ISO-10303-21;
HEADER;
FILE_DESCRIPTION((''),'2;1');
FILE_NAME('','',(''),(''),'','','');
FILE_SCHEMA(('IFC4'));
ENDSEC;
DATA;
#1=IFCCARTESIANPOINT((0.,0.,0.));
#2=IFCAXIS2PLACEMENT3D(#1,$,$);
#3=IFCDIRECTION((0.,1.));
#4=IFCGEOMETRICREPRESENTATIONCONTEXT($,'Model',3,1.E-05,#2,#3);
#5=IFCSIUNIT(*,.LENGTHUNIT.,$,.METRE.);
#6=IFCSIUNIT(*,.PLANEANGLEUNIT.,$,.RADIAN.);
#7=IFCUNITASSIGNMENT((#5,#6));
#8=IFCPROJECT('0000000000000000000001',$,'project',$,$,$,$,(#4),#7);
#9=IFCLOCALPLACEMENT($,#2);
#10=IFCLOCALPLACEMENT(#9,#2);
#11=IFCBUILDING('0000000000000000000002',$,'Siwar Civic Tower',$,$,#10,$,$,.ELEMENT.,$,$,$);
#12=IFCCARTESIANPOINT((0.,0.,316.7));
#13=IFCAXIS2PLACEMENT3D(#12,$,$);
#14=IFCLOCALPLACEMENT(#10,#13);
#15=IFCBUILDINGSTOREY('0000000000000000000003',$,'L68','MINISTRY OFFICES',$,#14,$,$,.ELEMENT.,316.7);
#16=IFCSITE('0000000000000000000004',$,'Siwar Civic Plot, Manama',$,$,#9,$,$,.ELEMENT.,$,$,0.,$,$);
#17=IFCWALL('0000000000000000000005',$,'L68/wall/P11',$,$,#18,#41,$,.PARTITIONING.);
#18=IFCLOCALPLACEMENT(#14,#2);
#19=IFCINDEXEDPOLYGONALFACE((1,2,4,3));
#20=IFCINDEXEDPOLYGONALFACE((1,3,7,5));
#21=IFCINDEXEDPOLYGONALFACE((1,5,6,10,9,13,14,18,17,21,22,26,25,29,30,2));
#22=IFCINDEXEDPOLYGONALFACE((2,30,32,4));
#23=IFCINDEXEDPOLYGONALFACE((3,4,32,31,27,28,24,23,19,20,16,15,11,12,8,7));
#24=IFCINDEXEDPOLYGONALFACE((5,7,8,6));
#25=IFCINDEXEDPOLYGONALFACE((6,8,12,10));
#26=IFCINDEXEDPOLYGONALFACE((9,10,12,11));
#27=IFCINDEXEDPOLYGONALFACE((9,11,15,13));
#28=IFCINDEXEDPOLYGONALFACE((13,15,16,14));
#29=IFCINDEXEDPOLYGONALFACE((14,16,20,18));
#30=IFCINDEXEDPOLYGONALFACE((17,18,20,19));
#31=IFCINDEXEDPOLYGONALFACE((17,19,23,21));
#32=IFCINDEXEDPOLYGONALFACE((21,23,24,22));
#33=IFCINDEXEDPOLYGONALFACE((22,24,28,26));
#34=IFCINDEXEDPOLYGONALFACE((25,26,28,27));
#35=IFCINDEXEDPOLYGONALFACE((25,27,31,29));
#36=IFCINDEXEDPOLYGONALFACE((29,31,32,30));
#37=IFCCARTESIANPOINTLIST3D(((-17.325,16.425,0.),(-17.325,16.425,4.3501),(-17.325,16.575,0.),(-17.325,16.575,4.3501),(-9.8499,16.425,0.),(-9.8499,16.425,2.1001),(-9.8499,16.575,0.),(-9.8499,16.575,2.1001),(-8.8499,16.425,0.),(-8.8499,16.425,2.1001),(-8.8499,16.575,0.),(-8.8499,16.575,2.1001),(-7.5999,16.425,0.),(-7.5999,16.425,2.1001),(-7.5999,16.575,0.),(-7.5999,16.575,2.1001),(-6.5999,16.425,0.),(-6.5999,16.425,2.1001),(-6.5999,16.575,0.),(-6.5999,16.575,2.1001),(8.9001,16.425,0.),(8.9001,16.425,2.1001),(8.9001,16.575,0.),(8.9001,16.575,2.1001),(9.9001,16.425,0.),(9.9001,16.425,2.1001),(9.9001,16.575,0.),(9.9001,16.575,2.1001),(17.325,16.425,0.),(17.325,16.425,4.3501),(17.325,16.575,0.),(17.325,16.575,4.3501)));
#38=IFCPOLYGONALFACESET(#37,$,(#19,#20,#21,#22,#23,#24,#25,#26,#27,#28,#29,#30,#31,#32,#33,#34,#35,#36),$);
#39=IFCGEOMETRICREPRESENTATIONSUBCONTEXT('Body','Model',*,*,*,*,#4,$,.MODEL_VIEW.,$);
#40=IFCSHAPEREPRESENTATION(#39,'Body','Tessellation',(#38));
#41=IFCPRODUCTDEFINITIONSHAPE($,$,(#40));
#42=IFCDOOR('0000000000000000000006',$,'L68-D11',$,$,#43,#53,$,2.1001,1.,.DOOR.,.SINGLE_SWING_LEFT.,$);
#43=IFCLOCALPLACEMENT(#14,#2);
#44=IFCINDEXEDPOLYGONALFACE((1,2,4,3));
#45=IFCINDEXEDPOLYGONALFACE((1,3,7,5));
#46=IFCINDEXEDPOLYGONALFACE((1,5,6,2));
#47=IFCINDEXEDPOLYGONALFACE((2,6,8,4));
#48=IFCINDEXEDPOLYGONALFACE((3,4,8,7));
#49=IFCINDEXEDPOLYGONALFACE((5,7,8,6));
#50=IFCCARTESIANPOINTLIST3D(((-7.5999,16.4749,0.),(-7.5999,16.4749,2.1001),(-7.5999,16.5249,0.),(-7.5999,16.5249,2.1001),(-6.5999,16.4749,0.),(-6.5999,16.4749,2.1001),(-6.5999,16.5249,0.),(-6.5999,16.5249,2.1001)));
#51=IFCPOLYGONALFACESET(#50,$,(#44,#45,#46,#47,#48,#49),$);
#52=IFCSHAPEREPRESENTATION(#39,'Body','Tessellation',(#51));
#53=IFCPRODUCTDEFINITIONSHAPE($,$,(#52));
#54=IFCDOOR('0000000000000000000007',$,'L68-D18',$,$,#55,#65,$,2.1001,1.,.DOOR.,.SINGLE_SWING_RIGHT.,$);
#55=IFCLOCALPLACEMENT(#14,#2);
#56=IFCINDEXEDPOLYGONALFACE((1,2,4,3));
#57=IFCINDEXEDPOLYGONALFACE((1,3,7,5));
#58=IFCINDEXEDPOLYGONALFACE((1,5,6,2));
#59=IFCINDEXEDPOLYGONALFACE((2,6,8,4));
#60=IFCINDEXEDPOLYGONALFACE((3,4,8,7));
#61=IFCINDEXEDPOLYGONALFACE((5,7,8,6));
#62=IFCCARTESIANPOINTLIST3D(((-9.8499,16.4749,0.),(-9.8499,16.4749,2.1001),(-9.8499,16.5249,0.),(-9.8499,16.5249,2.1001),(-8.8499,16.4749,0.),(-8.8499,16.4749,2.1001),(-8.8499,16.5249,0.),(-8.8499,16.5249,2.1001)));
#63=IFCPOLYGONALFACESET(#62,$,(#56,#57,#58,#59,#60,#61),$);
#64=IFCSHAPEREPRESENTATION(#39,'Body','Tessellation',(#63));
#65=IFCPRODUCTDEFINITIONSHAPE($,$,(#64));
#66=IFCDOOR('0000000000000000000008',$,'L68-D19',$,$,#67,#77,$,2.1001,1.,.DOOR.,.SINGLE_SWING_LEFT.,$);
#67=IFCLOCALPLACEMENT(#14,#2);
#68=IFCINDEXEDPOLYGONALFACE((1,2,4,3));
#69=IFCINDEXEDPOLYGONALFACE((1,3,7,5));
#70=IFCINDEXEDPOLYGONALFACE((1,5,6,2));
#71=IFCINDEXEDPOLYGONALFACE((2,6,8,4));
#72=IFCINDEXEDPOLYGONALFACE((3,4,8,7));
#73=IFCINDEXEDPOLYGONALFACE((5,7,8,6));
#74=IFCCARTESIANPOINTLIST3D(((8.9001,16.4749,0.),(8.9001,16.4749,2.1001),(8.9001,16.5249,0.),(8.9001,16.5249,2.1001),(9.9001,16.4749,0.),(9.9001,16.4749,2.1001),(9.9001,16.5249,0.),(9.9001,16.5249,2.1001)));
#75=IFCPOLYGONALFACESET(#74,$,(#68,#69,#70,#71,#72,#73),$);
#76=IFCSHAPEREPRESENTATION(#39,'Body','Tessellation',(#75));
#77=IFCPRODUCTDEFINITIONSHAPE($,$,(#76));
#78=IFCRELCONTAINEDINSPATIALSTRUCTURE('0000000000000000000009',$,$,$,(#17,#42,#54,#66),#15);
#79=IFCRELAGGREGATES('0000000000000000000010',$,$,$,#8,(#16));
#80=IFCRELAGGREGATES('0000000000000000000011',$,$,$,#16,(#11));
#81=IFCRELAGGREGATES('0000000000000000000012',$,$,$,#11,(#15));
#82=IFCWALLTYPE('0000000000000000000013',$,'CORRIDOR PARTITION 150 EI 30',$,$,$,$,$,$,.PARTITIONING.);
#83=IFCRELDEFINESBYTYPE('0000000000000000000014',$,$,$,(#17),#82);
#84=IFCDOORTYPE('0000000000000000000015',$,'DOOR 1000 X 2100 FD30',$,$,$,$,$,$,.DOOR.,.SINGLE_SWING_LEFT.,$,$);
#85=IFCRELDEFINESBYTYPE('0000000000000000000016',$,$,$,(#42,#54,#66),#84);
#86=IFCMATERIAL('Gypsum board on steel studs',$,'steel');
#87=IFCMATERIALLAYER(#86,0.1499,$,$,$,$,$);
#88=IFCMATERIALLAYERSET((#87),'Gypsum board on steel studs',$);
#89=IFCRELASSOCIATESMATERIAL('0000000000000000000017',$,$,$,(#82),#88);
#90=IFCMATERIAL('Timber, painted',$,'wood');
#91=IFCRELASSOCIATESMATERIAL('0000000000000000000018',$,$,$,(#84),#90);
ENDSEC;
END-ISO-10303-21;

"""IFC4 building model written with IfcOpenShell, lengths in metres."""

from ifc_helpers import new_model, si_unit, direction, frame, frame_2d, origin, place, context, subcontext, project, spatial, rectangle, extrude, material, layer, layer_set, type_object, element, fill, save


model = new_model("IFC4")

# Units and contexts
model_context = context("Model", 3, precision=1e-05, world=origin(), true_north=direction((0.0, 1.0)))
body_context = subcontext(model_context, "Body", "Model", "MODEL_VIEW")
ifc_project = project(units=[si_unit("LENGTHUNIT", "METRE"), si_unit("PLANEANGLEUNIT", "RADIAN")], contexts=[model_context])

# Site, building, storey
site_placement = place(None, origin())
site = spatial("IfcSite", under=ifc_project, at=site_placement, Name="Siwar Civic Plot, Manama", CompositionType="ELEMENT", RefElevation=0.0)
building_placement = place(site_placement, origin())
building = spatial("IfcBuilding", under=site, at=building_placement, Name="Siwar Civic Tower", CompositionType="ELEMENT")
storey_placement = place(building_placement, frame((0.0, 0.0, 316.7)))
storey = spatial("IfcBuildingStorey", under=building, at=storey_placement, Name="L68", Description="MINISTRY OFFICES", CompositionType="ELEMENT", Elevation=316.7)

# Shared definitions
ifc_material_1 = material(Name="Gypsum board on steel studs", Category="steel")
ifc_layer_1 = layer(ifc_material_1, 0.1499)
ifc_layer_set_1 = layer_set([ifc_layer_1], Name="Gypsum board on steel studs")
wall_type = type_object("IfcWallType", Name="CORRIDOR PARTITION 150 EI 30", PredefinedType="PARTITIONING", material=ifc_layer_set_1)

# Wall, openings, doors
wall_1_placement = place(storey_placement, frame((-17.325, 16.5, 0.0), z_axis=(0.0, 0.0, 1.0), x_axis=(1.0, 0.0, 0.0)))
wall_1 = element("IfcWall", 1, at=wall_1_placement, inside=storey, type_object=wall_type, Name="L68/wall/P11", PredefinedType="PARTITIONING", context=body_context, shape_type="SweptSolid", body=[
    extrude(rectangle(XDim=34.6499, YDim=0.1499, at=frame_2d((17.325, 0.0))), origin(), (0.0, 0.0, 1.0), 4.3501),
])
opening_1_placement = place(wall_1_placement, frame((9.7251, 0.0, 0.0)))
opening_1 = element("IfcOpeningElement", 2, at=opening_1_placement, cuts=wall_1, PredefinedType="OPENING", context=body_context, shape_type="SweptSolid", body=[
    extrude(rectangle(XDim=1.0, YDim=2.1001, at=frame_2d((0.5, 1.05))), frame((0.0, 0.085, 0.0), z_axis=(0.0, -1.0, 0.0), x_axis=(1.0, 0.0, 0.0)), (0.0, 0.0, 1.0), 0.1699),
])
opening_2_placement = place(wall_1_placement, frame((7.4751, 0.0, 0.0)))
opening_2 = element("IfcOpeningElement", 3, at=opening_2_placement, cuts=wall_1, PredefinedType="OPENING", context=body_context, shape_type="SweptSolid", body=[
    extrude(rectangle(XDim=1.0, YDim=2.1001, at=frame_2d((0.5, 1.05))), frame((0.0, 0.085, 0.0), z_axis=(0.0, -1.0, 0.0), x_axis=(1.0, 0.0, 0.0)), (0.0, 0.0, 1.0), 0.1699),
])
opening_3_placement = place(wall_1_placement, frame((26.2251, 0.0, 0.0)))
opening_3 = element("IfcOpeningElement", 4, at=opening_3_placement, cuts=wall_1, PredefinedType="OPENING", context=body_context, shape_type="SweptSolid", body=[
    extrude(rectangle(XDim=1.0, YDim=2.1001, at=frame_2d((0.5, 1.05))), frame((0.0, 0.085, 0.0), z_axis=(0.0, -1.0, 0.0), x_axis=(1.0, 0.0, 0.0)), (0.0, 0.0, 1.0), 0.1699),
])
ifc_material_2 = material(Name="Timber, painted", Category="wood")
door_type = type_object("IfcDoorType", Name="DOOR 1000 X 2100 FD30", OperationType="SINGLE_SWING_LEFT", PredefinedType="DOOR", material=ifc_material_2)
door_1_placement = place(opening_1_placement, origin())
door_1 = element("IfcDoor", 5, at=door_1_placement, inside=storey, type_object=door_type, Name="L68-D11", OperationType="SINGLE_SWING_LEFT", OverallHeight=2.1001, OverallWidth=1.0, PredefinedType="DOOR", context=body_context, shape_type="SweptSolid", body=[
    extrude(rectangle(XDim=1.0, YDim=2.1001, at=frame_2d((0.5, 1.05))), frame((0.0, 0.0249, 0.0), z_axis=(0.0, -1.0, 0.0), x_axis=(1.0, 0.0, 0.0)), (0.0, 0.0, 1.0), 0.05),
])
fill(opening_1, door_1)
door_2_placement = place(opening_2_placement, origin())
door_2 = element("IfcDoor", 6, at=door_2_placement, inside=storey, type_object=door_type, Name="L68-D18", OperationType="SINGLE_SWING_RIGHT", OverallHeight=2.1001, OverallWidth=1.0, PredefinedType="DOOR", context=body_context, shape_type="SweptSolid", body=[
    extrude(rectangle(XDim=1.0, YDim=2.1001, at=frame_2d((0.5, 1.05))), frame((0.0, 0.0249, 0.0), z_axis=(0.0, -1.0, 0.0), x_axis=(1.0, 0.0, 0.0)), (0.0, 0.0, 1.0), 0.05),
])
fill(opening_2, door_2)
door_3_placement = place(opening_3_placement, origin())
door_3 = element("IfcDoor", 7, at=door_3_placement, inside=storey, type_object=door_type, Name="L68-D19", OperationType="SINGLE_SWING_LEFT", OverallHeight=2.1001, OverallWidth=1.0, PredefinedType="DOOR", context=body_context, shape_type="SweptSolid", body=[
    extrude(rectangle(XDim=1.0, YDim=2.1001, at=frame_2d((0.5, 1.05))), frame((0.0, 0.0249, 0.0), z_axis=(0.0, -1.0, 0.0), x_axis=(1.0, 0.0, 0.0)), (0.0, 0.0, 1.0), 0.05),
])
fill(opening_3, door_3)

save(model, "model.ifc")
